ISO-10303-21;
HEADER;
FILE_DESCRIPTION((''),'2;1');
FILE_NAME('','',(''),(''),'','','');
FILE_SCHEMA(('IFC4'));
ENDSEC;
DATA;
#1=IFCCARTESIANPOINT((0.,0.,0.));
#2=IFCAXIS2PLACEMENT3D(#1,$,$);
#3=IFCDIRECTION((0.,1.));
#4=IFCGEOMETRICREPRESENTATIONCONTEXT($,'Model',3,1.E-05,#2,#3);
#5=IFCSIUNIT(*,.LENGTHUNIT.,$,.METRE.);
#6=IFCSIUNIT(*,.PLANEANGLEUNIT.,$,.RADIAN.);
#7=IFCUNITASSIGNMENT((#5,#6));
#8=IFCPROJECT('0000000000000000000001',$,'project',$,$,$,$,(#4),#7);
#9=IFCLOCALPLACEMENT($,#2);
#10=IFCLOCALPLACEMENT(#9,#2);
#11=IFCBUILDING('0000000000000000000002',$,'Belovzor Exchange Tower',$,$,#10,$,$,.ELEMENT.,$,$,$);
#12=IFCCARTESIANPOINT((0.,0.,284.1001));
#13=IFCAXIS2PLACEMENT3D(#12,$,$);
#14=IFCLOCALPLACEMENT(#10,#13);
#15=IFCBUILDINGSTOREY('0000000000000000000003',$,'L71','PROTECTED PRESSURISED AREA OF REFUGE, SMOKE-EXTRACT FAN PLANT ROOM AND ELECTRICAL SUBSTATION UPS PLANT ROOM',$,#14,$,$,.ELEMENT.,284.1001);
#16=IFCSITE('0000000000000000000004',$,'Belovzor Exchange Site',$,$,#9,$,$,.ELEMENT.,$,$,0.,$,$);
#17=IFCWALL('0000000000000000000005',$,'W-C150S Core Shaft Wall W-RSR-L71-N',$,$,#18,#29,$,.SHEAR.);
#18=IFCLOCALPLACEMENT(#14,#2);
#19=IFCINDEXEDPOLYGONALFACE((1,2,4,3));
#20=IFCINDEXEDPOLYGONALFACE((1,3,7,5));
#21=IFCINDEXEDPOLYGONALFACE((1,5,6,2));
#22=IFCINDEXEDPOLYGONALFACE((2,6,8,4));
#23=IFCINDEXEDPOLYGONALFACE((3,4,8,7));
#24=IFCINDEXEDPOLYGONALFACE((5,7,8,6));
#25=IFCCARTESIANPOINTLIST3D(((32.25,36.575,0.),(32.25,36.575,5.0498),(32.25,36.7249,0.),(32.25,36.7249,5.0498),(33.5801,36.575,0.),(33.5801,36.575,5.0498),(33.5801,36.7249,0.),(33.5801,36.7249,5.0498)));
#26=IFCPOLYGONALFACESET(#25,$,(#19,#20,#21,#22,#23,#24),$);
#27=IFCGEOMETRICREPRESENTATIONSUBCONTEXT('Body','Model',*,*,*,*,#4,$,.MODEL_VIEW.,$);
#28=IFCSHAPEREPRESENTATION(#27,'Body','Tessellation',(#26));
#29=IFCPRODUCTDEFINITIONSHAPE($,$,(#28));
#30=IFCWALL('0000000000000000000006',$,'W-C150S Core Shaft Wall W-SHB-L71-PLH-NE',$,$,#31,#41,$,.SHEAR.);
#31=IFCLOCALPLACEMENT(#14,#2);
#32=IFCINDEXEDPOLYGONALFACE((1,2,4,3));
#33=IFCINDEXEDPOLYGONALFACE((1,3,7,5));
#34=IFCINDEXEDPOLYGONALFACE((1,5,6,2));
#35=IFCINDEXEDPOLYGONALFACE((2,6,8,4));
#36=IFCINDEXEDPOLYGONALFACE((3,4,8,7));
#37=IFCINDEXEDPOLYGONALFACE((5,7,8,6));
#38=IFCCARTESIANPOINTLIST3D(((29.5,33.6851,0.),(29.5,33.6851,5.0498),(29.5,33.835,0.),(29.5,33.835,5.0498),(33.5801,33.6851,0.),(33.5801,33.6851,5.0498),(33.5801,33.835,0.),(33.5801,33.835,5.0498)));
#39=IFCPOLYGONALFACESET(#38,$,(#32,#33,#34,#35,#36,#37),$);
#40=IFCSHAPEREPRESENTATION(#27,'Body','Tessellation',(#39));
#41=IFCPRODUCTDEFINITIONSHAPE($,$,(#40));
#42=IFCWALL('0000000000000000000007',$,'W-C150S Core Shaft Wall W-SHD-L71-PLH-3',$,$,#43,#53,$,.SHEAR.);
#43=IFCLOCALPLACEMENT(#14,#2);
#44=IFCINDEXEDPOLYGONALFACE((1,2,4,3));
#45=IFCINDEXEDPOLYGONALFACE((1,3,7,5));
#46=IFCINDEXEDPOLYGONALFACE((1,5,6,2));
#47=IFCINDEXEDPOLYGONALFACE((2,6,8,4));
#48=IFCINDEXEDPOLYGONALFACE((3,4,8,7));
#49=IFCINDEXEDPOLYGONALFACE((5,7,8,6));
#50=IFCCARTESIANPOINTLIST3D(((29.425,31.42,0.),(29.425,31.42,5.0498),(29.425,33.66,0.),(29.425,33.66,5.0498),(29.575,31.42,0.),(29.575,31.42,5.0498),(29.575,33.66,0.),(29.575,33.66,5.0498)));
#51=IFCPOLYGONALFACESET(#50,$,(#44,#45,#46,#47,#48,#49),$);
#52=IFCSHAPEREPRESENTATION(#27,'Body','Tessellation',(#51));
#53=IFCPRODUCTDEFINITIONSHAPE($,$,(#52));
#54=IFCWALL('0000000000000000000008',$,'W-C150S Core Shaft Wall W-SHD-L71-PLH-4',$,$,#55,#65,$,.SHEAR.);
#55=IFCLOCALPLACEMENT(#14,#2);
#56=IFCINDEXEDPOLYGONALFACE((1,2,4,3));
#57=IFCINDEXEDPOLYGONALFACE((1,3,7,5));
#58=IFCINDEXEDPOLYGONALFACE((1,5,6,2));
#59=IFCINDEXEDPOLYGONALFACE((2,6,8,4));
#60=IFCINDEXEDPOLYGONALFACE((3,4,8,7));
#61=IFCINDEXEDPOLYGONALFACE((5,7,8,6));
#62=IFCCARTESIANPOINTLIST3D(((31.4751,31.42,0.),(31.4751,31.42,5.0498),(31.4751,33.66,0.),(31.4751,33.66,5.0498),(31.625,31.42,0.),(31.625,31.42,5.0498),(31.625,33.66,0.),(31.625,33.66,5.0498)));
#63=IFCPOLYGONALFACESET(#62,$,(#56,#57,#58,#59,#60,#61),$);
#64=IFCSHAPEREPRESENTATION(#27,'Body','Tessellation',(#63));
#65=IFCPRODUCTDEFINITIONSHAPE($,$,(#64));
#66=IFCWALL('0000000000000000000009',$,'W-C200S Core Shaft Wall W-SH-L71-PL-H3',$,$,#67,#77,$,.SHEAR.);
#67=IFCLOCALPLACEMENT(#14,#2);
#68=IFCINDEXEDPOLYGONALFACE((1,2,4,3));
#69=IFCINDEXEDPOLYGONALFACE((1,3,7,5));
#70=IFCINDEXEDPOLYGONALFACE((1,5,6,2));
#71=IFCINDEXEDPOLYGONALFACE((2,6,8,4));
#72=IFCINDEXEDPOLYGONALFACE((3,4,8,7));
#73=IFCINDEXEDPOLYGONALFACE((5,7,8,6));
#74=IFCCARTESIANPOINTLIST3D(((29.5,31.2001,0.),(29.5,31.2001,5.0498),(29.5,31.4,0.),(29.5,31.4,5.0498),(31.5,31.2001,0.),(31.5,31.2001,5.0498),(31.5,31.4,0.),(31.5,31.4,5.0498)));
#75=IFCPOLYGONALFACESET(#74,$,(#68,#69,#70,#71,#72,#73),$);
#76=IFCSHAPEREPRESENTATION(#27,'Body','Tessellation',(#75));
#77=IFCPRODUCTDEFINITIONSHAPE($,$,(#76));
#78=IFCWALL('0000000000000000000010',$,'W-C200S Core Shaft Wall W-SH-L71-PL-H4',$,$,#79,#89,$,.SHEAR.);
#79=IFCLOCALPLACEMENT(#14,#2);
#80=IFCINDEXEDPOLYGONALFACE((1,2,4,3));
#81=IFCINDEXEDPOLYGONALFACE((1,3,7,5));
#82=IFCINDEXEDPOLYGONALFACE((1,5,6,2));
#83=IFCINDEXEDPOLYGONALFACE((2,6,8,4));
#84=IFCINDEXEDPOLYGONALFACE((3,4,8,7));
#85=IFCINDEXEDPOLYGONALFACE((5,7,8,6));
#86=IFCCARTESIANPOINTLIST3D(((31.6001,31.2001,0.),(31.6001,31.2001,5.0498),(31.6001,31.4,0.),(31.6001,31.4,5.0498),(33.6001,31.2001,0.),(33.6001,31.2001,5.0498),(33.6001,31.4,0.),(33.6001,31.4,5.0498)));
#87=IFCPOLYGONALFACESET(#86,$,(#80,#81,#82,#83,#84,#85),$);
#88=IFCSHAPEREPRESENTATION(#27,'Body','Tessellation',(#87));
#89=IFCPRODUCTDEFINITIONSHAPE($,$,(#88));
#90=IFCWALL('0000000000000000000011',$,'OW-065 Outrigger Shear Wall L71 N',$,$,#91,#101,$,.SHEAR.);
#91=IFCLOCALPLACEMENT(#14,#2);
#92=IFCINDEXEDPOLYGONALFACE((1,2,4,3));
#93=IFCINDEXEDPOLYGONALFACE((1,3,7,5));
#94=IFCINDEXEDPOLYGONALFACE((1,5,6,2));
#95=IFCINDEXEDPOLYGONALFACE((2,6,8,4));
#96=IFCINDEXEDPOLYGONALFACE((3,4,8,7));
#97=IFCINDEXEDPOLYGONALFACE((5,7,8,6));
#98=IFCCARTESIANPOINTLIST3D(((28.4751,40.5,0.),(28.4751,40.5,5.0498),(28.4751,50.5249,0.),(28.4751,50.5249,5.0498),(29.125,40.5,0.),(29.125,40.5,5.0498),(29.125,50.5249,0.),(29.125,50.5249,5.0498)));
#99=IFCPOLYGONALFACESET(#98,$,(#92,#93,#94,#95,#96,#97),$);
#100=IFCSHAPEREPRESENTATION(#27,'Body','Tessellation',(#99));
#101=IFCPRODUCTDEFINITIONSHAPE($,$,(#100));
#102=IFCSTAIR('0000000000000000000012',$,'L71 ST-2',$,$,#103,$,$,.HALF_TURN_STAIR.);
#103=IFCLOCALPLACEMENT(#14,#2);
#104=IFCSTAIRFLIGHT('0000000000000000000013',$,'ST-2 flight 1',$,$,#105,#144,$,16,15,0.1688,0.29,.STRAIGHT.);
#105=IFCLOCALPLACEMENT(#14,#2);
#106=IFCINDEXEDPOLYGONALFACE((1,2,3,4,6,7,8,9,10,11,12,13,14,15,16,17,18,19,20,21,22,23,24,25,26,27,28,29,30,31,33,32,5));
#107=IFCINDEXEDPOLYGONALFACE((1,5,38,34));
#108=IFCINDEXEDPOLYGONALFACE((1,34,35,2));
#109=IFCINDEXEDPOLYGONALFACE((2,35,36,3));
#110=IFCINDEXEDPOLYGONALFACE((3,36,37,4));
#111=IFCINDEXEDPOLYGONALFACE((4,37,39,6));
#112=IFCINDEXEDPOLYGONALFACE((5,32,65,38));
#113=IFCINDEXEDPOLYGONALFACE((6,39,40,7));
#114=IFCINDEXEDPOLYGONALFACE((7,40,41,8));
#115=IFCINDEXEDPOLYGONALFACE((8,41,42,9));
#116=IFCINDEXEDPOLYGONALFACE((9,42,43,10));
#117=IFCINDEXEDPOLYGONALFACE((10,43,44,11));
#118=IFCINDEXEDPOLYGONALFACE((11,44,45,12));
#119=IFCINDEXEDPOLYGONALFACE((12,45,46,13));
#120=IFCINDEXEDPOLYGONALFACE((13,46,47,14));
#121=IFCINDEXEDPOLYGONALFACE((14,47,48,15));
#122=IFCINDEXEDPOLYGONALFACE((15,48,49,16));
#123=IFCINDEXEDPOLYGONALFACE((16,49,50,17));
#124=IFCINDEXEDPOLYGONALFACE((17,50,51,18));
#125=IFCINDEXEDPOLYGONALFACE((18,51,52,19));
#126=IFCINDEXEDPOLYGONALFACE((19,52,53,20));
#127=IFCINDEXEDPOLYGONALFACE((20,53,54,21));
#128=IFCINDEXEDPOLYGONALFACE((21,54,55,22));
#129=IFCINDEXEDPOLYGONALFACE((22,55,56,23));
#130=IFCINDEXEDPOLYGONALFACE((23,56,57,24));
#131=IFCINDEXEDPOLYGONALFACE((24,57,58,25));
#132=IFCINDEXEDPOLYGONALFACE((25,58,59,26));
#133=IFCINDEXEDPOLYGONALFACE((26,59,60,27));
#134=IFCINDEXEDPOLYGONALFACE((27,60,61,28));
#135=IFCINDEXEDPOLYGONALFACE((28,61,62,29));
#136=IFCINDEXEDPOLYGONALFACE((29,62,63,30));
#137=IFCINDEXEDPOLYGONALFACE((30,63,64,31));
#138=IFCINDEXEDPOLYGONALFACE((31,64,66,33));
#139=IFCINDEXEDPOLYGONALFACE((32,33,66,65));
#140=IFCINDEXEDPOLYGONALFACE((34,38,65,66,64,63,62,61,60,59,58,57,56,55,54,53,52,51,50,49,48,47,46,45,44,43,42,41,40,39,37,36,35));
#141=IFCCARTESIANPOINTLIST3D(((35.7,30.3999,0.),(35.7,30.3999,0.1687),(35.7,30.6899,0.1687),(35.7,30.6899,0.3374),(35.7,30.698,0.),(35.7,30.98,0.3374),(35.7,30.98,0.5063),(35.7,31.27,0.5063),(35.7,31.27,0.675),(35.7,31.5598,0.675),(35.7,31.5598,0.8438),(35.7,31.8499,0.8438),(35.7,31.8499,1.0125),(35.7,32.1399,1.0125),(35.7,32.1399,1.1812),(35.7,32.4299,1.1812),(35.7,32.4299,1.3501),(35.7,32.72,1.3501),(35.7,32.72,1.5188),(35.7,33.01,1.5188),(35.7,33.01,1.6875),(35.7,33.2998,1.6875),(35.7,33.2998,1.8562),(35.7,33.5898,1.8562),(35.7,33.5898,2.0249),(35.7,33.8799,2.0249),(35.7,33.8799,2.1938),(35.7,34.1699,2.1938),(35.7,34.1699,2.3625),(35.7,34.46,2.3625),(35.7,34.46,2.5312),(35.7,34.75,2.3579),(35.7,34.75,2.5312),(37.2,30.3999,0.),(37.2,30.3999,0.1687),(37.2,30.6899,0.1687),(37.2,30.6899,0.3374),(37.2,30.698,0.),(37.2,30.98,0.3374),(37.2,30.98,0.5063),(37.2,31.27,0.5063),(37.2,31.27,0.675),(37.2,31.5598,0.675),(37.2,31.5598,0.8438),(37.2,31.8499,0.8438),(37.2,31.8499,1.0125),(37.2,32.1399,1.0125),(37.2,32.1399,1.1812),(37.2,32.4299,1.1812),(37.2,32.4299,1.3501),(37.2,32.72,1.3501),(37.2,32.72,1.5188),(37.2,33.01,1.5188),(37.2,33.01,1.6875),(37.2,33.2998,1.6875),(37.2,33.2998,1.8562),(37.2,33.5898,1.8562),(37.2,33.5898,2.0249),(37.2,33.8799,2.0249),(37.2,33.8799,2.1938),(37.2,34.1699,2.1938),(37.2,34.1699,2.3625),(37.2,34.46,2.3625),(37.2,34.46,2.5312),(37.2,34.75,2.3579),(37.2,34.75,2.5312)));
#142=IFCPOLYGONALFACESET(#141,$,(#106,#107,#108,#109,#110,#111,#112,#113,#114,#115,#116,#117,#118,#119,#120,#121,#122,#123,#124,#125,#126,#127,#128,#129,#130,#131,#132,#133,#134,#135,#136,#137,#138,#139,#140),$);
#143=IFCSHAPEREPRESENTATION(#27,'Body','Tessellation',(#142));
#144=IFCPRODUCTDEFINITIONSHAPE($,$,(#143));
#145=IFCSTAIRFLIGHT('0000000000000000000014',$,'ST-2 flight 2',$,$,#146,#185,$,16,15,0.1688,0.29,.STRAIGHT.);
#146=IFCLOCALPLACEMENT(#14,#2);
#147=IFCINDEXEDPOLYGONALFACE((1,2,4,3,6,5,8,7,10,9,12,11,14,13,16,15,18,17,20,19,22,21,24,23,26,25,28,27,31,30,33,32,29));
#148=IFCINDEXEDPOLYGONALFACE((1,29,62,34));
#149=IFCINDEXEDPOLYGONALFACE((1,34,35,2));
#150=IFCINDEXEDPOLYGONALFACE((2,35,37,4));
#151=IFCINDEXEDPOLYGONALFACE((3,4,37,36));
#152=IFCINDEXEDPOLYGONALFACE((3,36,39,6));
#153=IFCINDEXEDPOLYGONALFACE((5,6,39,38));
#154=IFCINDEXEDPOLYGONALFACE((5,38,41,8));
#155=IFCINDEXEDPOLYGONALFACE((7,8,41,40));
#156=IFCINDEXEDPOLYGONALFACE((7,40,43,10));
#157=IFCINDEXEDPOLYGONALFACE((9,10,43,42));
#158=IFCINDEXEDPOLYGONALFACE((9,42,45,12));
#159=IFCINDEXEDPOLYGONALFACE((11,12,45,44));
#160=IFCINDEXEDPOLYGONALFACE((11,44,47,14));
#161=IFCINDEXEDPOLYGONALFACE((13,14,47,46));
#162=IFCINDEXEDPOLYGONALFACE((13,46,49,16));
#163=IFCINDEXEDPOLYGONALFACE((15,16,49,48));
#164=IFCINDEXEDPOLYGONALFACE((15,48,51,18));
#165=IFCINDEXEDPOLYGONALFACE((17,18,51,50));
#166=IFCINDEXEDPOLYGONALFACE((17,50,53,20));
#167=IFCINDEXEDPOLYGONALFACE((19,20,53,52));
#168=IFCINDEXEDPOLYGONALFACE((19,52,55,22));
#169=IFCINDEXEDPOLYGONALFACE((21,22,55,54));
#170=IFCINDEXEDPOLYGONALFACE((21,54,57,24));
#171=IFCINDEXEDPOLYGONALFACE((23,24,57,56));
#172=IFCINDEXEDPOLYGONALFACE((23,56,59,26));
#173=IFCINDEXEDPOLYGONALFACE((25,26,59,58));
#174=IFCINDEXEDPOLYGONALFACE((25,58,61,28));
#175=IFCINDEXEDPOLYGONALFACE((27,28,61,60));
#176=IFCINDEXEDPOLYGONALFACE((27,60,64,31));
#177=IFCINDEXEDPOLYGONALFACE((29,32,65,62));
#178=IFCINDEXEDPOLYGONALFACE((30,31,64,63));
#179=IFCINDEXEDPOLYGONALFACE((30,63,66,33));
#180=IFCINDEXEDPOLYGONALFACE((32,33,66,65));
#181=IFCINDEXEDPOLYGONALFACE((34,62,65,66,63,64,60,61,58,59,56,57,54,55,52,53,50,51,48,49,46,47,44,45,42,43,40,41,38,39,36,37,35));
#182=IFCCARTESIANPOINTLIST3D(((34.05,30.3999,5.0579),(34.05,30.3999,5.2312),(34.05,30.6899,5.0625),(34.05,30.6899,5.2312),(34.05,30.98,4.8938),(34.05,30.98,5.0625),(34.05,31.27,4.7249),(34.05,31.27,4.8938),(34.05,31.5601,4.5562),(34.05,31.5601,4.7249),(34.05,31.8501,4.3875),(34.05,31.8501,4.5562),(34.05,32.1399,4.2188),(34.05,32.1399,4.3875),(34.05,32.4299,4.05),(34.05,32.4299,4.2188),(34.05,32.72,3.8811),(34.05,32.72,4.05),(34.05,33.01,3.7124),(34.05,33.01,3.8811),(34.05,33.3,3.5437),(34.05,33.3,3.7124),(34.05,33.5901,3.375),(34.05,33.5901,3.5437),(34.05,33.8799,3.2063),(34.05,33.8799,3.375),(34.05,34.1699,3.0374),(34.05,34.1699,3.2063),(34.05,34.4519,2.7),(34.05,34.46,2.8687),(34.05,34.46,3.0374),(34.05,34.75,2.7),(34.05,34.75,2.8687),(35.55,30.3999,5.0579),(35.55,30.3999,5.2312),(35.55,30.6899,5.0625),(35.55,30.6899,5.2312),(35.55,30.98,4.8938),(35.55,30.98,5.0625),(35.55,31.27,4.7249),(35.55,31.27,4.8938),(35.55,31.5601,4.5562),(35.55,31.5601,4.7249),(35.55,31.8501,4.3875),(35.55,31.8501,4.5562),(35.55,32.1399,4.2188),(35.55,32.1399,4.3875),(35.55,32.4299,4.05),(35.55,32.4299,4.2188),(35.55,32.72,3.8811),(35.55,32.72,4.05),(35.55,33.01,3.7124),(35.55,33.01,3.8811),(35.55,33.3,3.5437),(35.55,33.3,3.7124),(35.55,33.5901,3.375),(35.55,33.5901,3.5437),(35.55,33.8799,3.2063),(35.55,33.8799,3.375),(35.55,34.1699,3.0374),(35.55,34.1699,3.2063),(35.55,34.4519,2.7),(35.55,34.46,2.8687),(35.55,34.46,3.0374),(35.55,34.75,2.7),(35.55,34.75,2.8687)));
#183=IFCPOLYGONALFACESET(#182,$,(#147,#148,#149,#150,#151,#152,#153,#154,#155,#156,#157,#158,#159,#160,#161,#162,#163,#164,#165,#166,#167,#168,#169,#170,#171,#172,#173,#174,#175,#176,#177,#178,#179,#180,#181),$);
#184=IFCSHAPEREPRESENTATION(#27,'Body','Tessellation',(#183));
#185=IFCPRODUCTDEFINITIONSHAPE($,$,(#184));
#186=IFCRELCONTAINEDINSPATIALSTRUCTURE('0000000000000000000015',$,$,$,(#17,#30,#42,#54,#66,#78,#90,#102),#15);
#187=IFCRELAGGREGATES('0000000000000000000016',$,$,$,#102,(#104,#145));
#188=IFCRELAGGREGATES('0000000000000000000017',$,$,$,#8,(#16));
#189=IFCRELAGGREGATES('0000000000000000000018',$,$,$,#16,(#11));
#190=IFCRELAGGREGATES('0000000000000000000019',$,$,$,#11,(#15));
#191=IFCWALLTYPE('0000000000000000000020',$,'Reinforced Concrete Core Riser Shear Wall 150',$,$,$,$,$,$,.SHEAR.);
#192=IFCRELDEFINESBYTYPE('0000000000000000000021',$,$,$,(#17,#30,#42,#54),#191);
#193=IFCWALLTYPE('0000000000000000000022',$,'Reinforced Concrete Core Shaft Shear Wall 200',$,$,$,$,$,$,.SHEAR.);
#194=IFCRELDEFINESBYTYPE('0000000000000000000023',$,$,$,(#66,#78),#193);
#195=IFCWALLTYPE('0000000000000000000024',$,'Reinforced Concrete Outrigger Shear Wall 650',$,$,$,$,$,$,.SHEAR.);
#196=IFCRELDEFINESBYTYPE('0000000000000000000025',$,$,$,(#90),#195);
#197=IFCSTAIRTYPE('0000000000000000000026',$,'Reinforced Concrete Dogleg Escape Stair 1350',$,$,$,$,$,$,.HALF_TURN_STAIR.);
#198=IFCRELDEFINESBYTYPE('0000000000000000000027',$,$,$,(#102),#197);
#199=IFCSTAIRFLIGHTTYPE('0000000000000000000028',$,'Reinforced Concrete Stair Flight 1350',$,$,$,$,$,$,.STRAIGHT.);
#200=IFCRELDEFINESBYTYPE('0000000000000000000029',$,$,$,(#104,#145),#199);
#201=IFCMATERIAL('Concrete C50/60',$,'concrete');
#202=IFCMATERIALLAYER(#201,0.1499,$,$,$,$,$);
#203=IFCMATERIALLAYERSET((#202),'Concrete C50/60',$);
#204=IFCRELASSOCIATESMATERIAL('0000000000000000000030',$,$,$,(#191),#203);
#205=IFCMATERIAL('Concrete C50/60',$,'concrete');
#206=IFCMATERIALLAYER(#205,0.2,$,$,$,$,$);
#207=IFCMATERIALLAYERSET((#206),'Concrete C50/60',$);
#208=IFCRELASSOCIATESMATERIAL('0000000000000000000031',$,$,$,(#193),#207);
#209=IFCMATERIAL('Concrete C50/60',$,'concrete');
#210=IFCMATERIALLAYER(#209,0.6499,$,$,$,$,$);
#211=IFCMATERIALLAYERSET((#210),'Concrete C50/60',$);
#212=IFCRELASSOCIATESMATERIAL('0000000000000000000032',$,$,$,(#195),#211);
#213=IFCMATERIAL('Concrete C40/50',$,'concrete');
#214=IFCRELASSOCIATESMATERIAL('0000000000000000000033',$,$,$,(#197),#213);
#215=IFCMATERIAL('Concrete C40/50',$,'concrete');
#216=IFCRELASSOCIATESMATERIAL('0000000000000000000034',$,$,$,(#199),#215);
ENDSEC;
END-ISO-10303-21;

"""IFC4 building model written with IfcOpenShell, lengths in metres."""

from ifc_helpers import new_model, si_unit, direction, frame, frame_2d, origin, place, context, subcontext, project, spatial, polyline, rectangle, outline, extrude, material, layer, layer_set, type_object, element, aggregate, save


model = new_model("IFC4")

# Units and contexts
model_context = context("Model", 3, precision=1e-05, world=origin(), true_north=direction((0.0, 1.0)))
body_context = subcontext(model_context, "Body", "Model", "MODEL_VIEW")
ifc_project = project(units=[si_unit("LENGTHUNIT", "METRE"), si_unit("PLANEANGLEUNIT", "RADIAN")], contexts=[model_context])

# Site, building, storey
site_placement = place(None, origin())
site = spatial("IfcSite", under=ifc_project, at=site_placement, Name="Belovzor Exchange Site", CompositionType="ELEMENT", RefElevation=0.0)
building_placement = place(site_placement, origin())
building = spatial("IfcBuilding", under=site, at=building_placement, Name="Belovzor Exchange Tower", CompositionType="ELEMENT")
storey_placement = place(building_placement, frame((0.0, 0.0, 284.1001)))
storey = spatial("IfcBuildingStorey", under=building, at=storey_placement, Name="L71", Description="PROTECTED PRESSURISED AREA OF REFUGE, SMOKE-EXTRACT FAN PLANT ROOM AND ELECTRICAL SUBSTATION UPS PLANT ROOM", CompositionType="ELEMENT", Elevation=284.1001)

# Walls
ifc_material_1 = material(Name="Concrete C50/60", Category="concrete")
ifc_layer_1 = layer(ifc_material_1, 0.1499)
ifc_layer_set_1 = layer_set([ifc_layer_1], Name="Concrete C50/60")
wall_type_1 = type_object("IfcWallType", Name="Reinforced Concrete Core Riser Shear Wall 150", PredefinedType="SHEAR", material=ifc_layer_set_1)
for number, where, z_axis, x_axis, name in (
    (1, (32.25, 36.6499, 0.0), (0.0, 0.0, 1.0), (1.0, 0.0, 0.0), "W-C150S Core Shaft Wall W-RSR-L71-N"),
):
    element("IfcWall", number, at=place(storey_placement, frame(where, z_axis=z_axis, x_axis=x_axis)), inside=storey, type_object=wall_type_1, Name=name, PredefinedType="SHEAR", context=body_context, shape_type="SweptSolid", body=[
        extrude(rectangle(XDim=1.3301, YDim=0.1499, at=frame_2d((0.665, 0.0))), origin(), (0.0, 0.0, 1.0), 5.0498),
    ])
wall_1_placement = place(storey_placement, frame((29.5, 33.76, 0.0), z_axis=(0.0, 0.0, 1.0), x_axis=(1.0, 0.0, 0.0)))
element("IfcWall", 2, at=wall_1_placement, inside=storey, type_object=wall_type_1, Name="W-C150S Core Shaft Wall W-SHB-L71-PLH-NE", PredefinedType="SHEAR", context=body_context, shape_type="SweptSolid", body=[
    extrude(rectangle(XDim=4.0801, YDim=0.1499, at=frame_2d((2.04, 0.0))), origin(), (0.0, 0.0, 1.0), 5.0498),
])
for number, where, z_axis, x_axis, name in (
    (3, (29.5, 31.4199, 0.0), (0.0, 0.0, 1.0), (0.0, 1.0, 0.0), "W-C150S Core Shaft Wall W-SHD-L71-PLH-3"),
    (4, (31.55, 31.4199, 0.0), (0.0, 0.0, 1.0), (0.0, 1.0, 0.0), "W-C150S Core Shaft Wall W-SHD-L71-PLH-4"),
):
    element("IfcWall", number, at=place(storey_placement, frame(where, z_axis=z_axis, x_axis=x_axis)), inside=storey, type_object=wall_type_1, Name=name, PredefinedType="SHEAR", context=body_context, shape_type="SweptSolid", body=[
        extrude(rectangle(XDim=2.24, YDim=0.1499, at=frame_2d((1.1201, 0.0))), origin(), (0.0, 0.0, 1.0), 5.0498),
    ])
ifc_material_2 = material(Name="Concrete C50/60", Category="concrete")
ifc_layer_2 = layer(ifc_material_2, 0.2)
ifc_layer_set_2 = layer_set([ifc_layer_2], Name="Concrete C50/60")
wall_type_2 = type_object("IfcWallType", Name="Reinforced Concrete Core Shaft Shear Wall 200", PredefinedType="SHEAR", material=ifc_layer_set_2)
for number, where, z_axis, x_axis, name in (
    (5, (29.5, 31.3, 0.0), (0.0, 0.0, 1.0), (1.0, 0.0, 0.0), "W-C200S Core Shaft Wall W-SH-L71-PL-H3"),
    (6, (31.6001, 31.3, 0.0), (0.0, 0.0, 1.0), (1.0, 0.0, 0.0), "W-C200S Core Shaft Wall W-SH-L71-PL-H4"),
):
    element("IfcWall", number, at=place(storey_placement, frame(where, z_axis=z_axis, x_axis=x_axis)), inside=storey, type_object=wall_type_2, Name=name, PredefinedType="SHEAR", context=body_context, shape_type="SweptSolid", body=[
        extrude(rectangle(XDim=2.0, YDim=0.2, at=frame_2d((1.0, 0.0))), origin(), (0.0, 0.0, 1.0), 5.0498),
    ])
ifc_material_3 = material(Name="Concrete C50/60", Category="concrete")
ifc_layer_3 = layer(ifc_material_3, 0.6499)
ifc_layer_set_3 = layer_set([ifc_layer_3], Name="Concrete C50/60")
wall_type_3 = type_object("IfcWallType", Name="Reinforced Concrete Outrigger Shear Wall 650", PredefinedType="SHEAR", material=ifc_layer_set_3)
wall_2_placement = place(storey_placement, frame((28.8, 40.5, 0.0), z_axis=(0.0, 0.0, 1.0), x_axis=(0.0, 1.0, 0.0)))
element("IfcWall", 7, at=wall_2_placement, inside=storey, type_object=wall_type_3, Name="OW-065 Outrigger Shear Wall L71 N", PredefinedType="SHEAR", context=body_context, shape_type="SweptSolid", body=[
    extrude(rectangle(XDim=10.0249, YDim=0.6499, at=frame_2d((5.0125, 0.0))), origin(), (0.0, 0.0, 1.0), 5.0498),
])

# Stair, stair flights
ifc_material_4 = material(Name="Concrete C40/50", Category="concrete")
stair_type = type_object("IfcStairType", Name="Reinforced Concrete Dogleg Escape Stair 1350", PredefinedType="HALF_TURN_STAIR", material=ifc_material_4)
stair_placement = place(storey_placement, origin())
stair = element("IfcStair", 8, at=stair_placement, inside=storey, type_object=stair_type, Name="L71 ST-2", PredefinedType="HALF_TURN_STAIR")
ifc_material_5 = material(Name="Concrete C40/50", Category="concrete")
stair_flight_type = type_object("IfcStairFlightType", Name="Reinforced Concrete Stair Flight 1350", PredefinedType="STRAIGHT", material=ifc_material_5)
stair_flight_1_placement = place(storey_placement, frame((36.45, 30.3999, 0.0), z_axis=(0.0, 0.0, 1.0), x_axis=(0.0, 1.0, 0.0)))
stair_flight_1 = element("IfcStairFlight", 9, at=stair_flight_1_placement, type_object=stair_flight_type, Name="ST-2 flight 1", NumberOfRisers=16, NumberOfTreads=15, PredefinedType="STRAIGHT", RiserHeight=0.1688, TreadLength=0.29, context=body_context, shape_type="SweptSolid", body=[
    extrude(outline(polyline([(0.0, 0.0), (0.0, 0.1687), (0.29, 0.1687), (0.29, 0.3374), (0.5801, 0.3374), (0.5801, 0.5063), (0.8701, 0.5063), (0.8701, 0.675), (1.1599, 0.675), (1.1599, 0.8438), (1.45, 0.8438), (1.45, 1.0125), (1.74, 1.0125), (1.74, 1.1812), (2.03, 1.1812), (2.03, 1.3501), (2.3201, 1.3501), (2.3201, 1.5188), (2.6101, 1.5188), (2.6101, 1.6875), (2.8999, 1.6875), (2.8999, 1.8562), (3.1899, 1.8562), (3.1899, 2.0249), (3.48, 2.0249), (3.48, 2.1938), (3.77, 2.1938), (3.77, 2.3625), (4.0601, 2.3625), (4.0601, 2.5312), (4.3501, 2.5312), (4.3501, 2.7), (4.3501, 2.3579), (0.2981, 0.0), (0.0, 0.0)])), frame((0.0, 0.75, 0.0), z_axis=(0.0, -1.0, 0.0), x_axis=(1.0, 0.0, 0.0)), (0.0, 0.0, 1.0), 1.5),
])
stair_flight_2_placement = place(storey_placement, frame((34.8, 34.75, 2.7), z_axis=(0.0, 0.0, 1.0), x_axis=(0.0, -1.0, 0.0)))
stair_flight_2 = element("IfcStairFlight", 10, at=stair_flight_2_placement, type_object=stair_flight_type, Name="ST-2 flight 2", NumberOfRisers=16, NumberOfTreads=15, PredefinedType="STRAIGHT", RiserHeight=0.1688, TreadLength=0.29, context=body_context, shape_type="SweptSolid", body=[
    extrude(outline(polyline([(0.0, 0.0), (0.0, 0.1687), (0.29, 0.1687), (0.29, 0.3374), (0.5801, 0.3374), (0.5801, 0.5063), (0.8701, 0.5063), (0.8701, 0.675), (1.1599, 0.675), (1.1599, 0.8438), (1.45, 0.8438), (1.45, 1.0125), (1.74, 1.0125), (1.74, 1.1812), (2.03, 1.1812), (2.03, 1.3501), (2.3201, 1.3501), (2.3201, 1.5188), (2.6101, 1.5188), (2.6101, 1.6875), (2.8999, 1.6875), (2.8999, 1.8562), (3.1899, 1.8562), (3.1899, 2.0249), (3.48, 2.0249), (3.48, 2.1938), (3.77, 2.1938), (3.77, 2.3625), (4.0601, 2.3625), (4.0601, 2.5312), (4.3501, 2.5312), (4.3501, 2.7), (4.3501, 2.3579), (0.2981, 0.0), (0.0, 0.0)])), frame((0.0, 0.75, 0.0), z_axis=(0.0, -1.0, 0.0), x_axis=(1.0, 0.0, 0.0)), (0.0, 0.0, 1.0), 1.5),
])
aggregate(stair, [stair_flight_1, stair_flight_2])

save(model, "model.ifc")
